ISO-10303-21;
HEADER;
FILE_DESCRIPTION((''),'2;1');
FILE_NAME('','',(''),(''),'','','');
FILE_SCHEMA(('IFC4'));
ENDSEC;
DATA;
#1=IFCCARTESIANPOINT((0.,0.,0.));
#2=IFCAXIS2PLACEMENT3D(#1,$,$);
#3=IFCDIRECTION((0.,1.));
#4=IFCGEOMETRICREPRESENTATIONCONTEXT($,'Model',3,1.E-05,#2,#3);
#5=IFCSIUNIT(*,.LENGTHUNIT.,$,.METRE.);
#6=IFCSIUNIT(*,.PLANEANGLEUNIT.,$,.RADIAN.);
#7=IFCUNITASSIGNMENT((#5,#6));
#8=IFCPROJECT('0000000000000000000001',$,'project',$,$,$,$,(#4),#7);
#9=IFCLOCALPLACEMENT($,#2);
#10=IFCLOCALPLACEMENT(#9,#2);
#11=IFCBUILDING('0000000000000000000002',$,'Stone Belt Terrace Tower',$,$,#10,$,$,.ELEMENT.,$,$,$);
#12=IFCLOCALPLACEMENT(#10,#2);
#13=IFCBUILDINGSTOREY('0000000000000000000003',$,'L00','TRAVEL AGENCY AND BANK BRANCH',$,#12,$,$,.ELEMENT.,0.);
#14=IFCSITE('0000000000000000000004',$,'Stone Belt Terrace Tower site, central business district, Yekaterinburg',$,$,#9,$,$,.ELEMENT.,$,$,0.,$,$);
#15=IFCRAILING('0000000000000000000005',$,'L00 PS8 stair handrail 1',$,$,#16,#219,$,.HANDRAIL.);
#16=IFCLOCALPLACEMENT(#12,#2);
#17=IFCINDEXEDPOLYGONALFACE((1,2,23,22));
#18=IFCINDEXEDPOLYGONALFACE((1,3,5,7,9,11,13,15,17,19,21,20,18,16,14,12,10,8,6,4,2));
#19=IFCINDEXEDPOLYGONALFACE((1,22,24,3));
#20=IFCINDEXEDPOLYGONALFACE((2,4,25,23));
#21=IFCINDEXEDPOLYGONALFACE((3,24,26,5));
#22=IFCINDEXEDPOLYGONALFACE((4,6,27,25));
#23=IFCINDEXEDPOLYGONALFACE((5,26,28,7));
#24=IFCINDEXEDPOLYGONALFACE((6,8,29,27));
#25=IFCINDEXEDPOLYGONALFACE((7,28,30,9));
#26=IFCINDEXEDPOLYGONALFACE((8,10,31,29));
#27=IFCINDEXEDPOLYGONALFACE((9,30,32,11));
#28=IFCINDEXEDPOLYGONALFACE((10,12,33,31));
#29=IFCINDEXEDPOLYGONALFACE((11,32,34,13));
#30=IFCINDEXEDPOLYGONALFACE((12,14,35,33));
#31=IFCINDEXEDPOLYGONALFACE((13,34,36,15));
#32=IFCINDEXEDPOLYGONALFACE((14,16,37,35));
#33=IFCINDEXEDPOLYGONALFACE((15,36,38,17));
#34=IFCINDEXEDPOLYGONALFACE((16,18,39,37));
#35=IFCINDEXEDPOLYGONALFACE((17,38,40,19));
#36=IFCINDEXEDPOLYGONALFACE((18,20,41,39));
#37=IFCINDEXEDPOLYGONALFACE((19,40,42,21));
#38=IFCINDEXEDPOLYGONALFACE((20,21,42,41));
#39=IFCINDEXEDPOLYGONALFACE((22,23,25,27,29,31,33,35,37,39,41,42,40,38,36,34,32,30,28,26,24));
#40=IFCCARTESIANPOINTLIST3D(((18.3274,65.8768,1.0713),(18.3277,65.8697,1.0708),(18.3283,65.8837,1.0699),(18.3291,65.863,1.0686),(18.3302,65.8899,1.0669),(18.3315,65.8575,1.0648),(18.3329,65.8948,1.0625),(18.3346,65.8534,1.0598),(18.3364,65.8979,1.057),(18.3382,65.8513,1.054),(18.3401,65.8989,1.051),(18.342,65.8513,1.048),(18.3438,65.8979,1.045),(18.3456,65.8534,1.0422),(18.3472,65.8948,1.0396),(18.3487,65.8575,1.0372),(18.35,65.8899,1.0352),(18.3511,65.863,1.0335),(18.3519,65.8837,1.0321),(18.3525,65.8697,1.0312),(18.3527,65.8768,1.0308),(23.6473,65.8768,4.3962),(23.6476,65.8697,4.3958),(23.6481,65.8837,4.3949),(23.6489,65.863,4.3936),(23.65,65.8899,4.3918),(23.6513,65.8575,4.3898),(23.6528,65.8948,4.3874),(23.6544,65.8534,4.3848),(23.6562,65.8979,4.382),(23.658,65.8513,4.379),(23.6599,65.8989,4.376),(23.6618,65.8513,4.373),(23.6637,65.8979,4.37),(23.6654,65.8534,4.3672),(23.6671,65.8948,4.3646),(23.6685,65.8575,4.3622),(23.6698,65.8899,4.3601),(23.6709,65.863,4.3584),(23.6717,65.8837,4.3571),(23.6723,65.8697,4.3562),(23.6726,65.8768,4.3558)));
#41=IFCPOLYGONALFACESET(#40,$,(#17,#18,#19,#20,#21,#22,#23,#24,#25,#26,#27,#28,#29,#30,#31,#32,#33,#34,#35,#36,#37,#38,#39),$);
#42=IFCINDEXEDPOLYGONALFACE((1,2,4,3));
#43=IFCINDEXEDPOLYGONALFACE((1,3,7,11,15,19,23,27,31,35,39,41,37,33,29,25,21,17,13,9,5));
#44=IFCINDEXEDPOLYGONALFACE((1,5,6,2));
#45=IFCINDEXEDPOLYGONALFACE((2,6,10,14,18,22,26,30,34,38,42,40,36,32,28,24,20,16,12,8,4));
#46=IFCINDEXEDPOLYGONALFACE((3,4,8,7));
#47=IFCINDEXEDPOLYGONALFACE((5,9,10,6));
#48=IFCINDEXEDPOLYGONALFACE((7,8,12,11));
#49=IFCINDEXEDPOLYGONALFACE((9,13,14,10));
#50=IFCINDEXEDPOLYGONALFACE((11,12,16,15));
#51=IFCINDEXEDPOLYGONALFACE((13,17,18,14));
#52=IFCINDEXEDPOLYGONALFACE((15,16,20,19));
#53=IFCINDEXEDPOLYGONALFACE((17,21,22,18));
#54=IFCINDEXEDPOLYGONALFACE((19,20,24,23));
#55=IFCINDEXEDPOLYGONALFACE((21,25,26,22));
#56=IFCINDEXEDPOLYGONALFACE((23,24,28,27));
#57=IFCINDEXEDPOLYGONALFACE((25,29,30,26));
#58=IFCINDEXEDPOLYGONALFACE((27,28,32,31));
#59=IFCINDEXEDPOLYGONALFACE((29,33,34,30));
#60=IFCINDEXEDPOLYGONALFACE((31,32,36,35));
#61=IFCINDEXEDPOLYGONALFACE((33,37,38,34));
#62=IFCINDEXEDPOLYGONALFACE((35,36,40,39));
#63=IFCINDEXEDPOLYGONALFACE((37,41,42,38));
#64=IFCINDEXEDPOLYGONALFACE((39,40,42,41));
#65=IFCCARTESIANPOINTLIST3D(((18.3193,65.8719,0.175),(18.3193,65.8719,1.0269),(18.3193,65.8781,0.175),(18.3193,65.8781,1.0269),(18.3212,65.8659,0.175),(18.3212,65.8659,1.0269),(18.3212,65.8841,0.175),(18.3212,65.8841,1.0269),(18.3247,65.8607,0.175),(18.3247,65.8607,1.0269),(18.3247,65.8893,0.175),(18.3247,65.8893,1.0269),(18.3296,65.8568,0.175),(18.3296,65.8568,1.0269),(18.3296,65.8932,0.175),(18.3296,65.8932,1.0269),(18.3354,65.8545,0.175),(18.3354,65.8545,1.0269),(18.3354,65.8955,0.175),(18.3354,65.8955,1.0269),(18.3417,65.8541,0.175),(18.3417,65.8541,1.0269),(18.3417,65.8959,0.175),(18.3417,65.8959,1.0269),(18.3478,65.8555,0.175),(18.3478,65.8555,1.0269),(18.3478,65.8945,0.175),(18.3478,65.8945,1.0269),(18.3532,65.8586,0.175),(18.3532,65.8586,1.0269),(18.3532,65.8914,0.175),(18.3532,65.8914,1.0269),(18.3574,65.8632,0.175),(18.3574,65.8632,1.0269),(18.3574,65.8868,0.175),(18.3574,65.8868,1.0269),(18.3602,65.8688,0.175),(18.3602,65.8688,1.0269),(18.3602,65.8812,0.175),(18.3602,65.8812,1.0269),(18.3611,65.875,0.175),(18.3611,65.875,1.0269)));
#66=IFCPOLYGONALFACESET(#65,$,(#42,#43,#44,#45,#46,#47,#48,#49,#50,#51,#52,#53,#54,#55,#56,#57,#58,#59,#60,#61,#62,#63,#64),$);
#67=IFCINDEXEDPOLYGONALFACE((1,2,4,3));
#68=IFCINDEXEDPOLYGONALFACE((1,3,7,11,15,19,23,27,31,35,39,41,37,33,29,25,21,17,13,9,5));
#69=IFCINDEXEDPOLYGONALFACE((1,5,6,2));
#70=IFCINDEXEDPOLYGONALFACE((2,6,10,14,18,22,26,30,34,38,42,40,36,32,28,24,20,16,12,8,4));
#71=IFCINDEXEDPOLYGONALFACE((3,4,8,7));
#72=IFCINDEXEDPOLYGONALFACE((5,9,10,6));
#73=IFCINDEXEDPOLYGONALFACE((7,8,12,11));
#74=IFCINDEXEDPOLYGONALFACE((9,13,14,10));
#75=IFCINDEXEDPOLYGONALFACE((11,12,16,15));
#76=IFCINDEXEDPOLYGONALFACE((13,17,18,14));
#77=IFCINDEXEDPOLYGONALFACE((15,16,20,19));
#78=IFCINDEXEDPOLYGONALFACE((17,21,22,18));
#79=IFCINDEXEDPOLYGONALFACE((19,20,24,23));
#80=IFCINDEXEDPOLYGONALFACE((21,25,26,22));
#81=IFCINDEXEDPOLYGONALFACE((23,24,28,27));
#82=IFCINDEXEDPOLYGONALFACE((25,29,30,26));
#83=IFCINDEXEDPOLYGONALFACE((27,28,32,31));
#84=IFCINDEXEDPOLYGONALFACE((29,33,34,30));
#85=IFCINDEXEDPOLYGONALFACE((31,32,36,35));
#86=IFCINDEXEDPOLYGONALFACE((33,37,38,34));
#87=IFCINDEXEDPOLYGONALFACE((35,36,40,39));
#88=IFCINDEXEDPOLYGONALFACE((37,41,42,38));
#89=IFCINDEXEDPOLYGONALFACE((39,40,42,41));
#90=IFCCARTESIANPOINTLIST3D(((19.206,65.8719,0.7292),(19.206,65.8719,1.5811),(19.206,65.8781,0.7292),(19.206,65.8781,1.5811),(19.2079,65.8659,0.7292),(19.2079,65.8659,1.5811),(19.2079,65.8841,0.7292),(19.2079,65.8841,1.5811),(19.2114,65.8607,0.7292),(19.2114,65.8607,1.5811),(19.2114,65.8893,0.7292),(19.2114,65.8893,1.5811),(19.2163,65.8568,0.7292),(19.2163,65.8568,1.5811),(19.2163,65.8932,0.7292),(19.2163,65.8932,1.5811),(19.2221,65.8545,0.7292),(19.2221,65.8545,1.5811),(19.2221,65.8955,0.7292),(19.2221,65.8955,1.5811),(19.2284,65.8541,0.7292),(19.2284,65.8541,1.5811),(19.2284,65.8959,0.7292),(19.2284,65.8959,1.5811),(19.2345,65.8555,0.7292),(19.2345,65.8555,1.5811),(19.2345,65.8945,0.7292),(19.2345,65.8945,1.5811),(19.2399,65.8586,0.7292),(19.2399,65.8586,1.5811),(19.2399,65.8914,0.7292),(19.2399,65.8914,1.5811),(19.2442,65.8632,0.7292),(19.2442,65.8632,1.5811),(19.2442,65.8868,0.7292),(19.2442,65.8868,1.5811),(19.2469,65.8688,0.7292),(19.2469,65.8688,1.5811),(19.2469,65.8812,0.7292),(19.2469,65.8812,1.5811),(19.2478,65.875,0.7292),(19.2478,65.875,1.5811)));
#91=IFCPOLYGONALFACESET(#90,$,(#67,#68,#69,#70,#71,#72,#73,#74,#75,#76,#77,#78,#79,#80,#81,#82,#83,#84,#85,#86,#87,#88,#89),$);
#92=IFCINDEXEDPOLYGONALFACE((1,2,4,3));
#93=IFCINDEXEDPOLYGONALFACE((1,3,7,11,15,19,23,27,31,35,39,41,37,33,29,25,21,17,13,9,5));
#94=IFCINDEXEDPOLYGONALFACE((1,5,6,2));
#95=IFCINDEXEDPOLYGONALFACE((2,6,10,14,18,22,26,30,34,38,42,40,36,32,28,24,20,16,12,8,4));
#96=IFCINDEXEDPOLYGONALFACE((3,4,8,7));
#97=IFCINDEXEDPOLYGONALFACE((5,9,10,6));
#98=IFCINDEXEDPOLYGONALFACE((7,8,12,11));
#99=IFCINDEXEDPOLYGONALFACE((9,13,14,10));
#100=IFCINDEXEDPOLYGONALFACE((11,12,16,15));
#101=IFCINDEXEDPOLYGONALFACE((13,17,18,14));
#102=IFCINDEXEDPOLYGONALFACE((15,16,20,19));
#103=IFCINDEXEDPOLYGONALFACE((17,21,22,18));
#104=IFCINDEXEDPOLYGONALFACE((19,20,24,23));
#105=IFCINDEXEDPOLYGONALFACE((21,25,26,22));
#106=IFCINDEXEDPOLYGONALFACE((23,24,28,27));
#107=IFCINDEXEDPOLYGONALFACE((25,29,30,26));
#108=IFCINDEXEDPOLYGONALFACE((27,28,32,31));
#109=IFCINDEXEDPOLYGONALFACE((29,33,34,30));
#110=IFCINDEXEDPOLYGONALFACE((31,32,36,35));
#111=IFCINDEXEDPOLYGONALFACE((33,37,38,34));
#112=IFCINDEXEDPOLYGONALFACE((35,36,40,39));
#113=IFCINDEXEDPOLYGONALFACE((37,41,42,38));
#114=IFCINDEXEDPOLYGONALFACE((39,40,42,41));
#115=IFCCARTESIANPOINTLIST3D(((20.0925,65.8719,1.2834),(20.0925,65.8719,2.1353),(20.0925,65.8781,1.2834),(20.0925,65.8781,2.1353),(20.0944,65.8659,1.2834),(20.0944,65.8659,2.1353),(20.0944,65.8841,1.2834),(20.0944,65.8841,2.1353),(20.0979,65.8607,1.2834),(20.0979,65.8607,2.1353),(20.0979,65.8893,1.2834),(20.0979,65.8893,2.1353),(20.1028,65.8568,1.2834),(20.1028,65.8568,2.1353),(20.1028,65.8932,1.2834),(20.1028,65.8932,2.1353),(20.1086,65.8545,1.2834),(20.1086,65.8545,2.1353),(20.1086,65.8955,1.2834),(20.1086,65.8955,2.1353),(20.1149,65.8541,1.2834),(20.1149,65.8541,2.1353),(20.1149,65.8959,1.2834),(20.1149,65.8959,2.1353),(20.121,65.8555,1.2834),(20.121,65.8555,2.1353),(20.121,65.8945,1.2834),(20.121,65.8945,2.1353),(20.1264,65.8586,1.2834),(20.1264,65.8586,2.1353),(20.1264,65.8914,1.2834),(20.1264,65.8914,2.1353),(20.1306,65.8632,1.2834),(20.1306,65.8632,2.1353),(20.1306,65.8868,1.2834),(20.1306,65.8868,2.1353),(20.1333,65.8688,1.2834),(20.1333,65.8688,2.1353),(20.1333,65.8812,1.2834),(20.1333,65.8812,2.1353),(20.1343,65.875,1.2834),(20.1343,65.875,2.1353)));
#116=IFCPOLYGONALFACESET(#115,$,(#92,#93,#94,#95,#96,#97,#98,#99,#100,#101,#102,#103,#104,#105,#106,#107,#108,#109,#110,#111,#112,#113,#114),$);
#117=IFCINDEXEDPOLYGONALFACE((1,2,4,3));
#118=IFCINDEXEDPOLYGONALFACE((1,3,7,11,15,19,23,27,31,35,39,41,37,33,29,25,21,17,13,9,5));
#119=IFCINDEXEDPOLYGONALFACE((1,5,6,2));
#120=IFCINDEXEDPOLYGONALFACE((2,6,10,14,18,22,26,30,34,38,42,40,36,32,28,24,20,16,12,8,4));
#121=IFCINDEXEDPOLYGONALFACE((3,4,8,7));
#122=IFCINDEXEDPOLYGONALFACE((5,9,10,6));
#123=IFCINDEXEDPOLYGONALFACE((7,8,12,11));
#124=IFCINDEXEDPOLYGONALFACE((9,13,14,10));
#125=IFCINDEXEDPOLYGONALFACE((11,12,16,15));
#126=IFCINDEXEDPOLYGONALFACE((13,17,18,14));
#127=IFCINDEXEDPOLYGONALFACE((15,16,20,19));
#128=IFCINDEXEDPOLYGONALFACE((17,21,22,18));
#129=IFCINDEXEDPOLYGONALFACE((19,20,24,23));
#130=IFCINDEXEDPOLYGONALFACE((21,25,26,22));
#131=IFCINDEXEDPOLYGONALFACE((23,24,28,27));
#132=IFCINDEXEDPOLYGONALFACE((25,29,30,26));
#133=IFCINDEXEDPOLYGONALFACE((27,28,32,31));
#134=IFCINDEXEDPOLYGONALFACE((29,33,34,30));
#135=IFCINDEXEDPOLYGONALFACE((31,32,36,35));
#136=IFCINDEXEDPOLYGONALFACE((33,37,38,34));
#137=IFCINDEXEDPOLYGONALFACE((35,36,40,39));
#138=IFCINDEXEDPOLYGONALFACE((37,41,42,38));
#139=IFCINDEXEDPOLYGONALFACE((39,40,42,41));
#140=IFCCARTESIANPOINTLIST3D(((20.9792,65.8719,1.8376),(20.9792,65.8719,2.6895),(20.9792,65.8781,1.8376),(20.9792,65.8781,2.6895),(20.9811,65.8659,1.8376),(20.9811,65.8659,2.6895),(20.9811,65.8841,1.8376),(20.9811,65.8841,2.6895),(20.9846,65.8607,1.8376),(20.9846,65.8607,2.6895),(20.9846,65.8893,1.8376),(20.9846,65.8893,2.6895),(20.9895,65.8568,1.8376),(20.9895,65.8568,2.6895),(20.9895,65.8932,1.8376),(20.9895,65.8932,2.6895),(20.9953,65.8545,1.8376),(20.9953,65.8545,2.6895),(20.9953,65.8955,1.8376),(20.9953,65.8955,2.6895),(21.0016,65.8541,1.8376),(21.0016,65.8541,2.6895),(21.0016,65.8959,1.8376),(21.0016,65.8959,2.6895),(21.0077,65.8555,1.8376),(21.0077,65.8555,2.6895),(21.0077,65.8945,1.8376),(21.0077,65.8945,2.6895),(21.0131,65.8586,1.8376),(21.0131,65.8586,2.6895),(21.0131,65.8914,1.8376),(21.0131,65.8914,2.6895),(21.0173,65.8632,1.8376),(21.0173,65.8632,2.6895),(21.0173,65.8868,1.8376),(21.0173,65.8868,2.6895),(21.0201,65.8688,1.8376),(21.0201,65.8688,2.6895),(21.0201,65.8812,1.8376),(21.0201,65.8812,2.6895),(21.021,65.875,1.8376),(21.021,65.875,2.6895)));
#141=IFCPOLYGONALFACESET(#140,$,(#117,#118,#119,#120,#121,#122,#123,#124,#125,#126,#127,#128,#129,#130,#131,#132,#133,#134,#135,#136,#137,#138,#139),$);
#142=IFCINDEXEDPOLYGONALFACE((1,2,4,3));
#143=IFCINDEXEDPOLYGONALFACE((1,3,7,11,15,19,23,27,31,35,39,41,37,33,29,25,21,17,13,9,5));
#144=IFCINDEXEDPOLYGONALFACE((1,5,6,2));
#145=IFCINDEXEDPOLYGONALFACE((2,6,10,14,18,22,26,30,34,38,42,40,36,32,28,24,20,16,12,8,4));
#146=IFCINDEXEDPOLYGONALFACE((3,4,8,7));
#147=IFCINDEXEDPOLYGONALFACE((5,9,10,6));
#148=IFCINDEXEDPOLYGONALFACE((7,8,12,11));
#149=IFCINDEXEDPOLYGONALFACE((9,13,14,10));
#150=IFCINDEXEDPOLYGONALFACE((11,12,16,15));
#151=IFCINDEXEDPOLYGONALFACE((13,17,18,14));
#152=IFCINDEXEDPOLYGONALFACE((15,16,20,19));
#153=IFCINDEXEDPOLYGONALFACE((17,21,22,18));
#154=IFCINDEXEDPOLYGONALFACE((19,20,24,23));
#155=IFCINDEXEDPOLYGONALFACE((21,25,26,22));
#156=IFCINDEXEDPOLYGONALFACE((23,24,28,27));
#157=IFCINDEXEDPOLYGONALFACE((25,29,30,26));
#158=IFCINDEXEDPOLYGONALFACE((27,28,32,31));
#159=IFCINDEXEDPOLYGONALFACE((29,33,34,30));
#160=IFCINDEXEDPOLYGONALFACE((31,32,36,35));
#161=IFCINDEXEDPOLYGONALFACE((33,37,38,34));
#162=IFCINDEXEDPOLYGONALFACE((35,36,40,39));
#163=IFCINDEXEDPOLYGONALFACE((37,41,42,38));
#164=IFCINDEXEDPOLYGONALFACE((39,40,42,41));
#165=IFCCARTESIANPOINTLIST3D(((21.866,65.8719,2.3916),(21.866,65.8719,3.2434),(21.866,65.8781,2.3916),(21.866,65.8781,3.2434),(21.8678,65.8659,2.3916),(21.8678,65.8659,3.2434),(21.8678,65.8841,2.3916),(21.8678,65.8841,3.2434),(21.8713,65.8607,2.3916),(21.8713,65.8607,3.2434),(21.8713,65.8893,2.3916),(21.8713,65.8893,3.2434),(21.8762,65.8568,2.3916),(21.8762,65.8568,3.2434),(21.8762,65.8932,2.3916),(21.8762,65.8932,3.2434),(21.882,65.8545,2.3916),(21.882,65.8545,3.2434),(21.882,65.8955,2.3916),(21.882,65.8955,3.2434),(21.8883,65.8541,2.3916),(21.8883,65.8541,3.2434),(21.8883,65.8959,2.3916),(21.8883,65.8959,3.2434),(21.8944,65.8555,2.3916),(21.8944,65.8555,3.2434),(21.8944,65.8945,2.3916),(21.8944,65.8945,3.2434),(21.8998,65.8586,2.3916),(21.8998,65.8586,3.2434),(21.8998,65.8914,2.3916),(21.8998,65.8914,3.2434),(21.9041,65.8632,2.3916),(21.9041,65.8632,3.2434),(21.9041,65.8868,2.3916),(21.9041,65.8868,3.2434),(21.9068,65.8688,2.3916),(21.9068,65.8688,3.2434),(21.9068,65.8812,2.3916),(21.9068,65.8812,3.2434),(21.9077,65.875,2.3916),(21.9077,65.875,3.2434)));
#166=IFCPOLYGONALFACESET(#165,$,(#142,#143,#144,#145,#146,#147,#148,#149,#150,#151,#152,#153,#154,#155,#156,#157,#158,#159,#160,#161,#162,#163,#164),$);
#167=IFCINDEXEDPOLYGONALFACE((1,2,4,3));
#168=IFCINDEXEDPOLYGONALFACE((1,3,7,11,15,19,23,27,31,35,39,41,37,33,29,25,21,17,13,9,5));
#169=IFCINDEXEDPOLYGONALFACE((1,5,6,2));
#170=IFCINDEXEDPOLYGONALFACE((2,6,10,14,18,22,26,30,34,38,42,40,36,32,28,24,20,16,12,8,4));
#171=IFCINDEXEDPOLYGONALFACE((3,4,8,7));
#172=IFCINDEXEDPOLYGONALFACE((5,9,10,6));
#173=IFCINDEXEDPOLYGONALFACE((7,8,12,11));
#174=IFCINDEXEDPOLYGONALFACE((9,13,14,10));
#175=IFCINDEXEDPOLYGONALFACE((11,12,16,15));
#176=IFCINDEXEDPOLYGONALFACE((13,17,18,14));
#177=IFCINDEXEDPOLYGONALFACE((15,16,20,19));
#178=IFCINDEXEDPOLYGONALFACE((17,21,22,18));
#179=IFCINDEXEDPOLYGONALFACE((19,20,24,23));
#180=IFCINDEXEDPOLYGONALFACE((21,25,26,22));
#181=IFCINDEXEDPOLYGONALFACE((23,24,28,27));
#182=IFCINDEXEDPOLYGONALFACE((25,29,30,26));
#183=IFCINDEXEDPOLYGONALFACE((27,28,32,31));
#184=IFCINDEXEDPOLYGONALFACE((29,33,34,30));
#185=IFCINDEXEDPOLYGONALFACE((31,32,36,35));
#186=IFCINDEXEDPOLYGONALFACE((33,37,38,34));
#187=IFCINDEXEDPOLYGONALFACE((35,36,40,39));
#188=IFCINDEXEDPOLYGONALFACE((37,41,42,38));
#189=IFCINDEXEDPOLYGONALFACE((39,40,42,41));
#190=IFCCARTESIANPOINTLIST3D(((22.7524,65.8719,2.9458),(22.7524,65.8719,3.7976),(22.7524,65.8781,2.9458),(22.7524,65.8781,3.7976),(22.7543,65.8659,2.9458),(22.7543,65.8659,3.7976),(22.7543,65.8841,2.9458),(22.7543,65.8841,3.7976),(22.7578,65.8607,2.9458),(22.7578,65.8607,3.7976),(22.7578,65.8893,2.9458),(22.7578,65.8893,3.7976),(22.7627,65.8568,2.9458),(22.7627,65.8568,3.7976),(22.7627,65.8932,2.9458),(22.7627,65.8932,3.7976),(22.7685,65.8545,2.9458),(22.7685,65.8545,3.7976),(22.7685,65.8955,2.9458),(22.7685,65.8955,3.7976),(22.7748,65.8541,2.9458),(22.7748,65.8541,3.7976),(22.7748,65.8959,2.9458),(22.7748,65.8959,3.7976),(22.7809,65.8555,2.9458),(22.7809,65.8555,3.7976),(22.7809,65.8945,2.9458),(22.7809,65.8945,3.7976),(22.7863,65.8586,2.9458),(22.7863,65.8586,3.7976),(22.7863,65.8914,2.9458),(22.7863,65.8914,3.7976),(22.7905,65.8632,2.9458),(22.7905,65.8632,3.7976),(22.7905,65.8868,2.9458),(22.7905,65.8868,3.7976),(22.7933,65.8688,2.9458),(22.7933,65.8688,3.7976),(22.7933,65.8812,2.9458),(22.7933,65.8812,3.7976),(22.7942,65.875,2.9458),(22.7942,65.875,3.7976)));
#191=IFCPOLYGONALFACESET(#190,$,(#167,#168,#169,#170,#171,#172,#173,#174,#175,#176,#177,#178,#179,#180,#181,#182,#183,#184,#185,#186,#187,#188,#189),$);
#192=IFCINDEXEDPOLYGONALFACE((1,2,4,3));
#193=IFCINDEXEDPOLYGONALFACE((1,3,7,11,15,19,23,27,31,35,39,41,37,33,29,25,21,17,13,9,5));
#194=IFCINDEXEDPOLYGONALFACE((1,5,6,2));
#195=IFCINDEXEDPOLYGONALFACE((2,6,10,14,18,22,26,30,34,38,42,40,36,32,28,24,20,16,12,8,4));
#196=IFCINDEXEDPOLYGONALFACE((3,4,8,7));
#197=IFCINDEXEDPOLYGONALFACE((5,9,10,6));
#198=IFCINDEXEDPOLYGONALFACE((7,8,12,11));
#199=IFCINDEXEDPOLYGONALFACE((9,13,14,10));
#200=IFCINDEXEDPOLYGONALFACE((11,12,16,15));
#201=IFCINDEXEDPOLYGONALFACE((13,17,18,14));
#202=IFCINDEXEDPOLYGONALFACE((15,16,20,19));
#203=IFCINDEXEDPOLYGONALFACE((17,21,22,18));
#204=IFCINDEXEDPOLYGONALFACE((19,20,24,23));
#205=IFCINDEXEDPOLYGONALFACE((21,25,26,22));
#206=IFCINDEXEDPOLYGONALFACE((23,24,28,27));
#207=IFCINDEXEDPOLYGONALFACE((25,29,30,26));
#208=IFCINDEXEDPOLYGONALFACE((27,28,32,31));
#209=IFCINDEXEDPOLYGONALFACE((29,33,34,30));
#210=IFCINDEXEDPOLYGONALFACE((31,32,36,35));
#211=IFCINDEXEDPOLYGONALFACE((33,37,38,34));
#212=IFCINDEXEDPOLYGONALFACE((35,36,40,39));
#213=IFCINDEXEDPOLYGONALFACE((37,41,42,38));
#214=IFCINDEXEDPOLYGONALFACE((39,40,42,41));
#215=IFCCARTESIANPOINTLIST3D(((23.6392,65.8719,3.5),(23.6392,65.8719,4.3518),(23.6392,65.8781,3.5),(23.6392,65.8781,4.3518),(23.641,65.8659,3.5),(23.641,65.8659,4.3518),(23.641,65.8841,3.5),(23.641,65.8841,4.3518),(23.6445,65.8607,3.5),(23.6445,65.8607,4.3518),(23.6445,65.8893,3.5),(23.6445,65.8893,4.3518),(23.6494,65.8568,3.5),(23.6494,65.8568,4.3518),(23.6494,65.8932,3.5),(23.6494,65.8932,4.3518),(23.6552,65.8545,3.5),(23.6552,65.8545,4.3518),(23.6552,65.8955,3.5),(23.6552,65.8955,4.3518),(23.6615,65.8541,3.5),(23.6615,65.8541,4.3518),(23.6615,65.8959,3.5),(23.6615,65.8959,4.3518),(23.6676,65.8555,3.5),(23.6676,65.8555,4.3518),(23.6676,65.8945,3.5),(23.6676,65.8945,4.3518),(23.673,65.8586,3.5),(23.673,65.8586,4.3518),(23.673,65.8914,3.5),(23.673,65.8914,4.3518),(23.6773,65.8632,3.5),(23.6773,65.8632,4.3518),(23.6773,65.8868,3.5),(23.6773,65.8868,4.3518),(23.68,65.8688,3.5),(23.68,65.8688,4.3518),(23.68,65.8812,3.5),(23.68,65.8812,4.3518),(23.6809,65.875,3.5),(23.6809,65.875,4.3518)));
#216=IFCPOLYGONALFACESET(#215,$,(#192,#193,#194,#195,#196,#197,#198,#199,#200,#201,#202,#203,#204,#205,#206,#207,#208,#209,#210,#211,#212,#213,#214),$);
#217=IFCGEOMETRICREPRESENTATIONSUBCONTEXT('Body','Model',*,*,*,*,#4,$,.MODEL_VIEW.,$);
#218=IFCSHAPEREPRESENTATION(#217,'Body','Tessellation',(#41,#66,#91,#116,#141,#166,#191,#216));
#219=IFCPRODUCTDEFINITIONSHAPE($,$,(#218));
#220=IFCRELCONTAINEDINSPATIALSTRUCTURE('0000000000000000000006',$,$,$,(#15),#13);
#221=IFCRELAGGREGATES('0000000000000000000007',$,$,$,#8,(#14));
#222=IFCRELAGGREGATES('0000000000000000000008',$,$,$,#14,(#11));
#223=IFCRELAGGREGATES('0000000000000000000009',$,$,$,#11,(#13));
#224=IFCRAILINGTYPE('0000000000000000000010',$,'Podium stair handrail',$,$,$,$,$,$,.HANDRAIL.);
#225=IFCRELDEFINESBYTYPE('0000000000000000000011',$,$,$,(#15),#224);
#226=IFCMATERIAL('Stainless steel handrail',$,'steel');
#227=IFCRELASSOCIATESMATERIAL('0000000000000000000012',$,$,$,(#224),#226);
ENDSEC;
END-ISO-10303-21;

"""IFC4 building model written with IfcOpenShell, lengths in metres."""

from ifc_helpers import new_model, si_unit, direction, frame, origin, origin_2d, place, context, subcontext, project, spatial, circle, extrude, material, type_object, element, save


model = new_model("IFC4")

# Units and contexts
model_context = context("Model", 3, precision=1e-05, world=origin(), true_north=direction((0.0, 1.0)))
body_context = subcontext(model_context, "Body", "Model", "MODEL_VIEW")
ifc_project = project(units=[si_unit("LENGTHUNIT", "METRE"), si_unit("PLANEANGLEUNIT", "RADIAN")], contexts=[model_context])

# Site, building, storey
site_placement = place(None, origin())
site = spatial("IfcSite", under=ifc_project, at=site_placement, Name="Stone Belt Terrace Tower site, central business district, Yekaterinburg", CompositionType="ELEMENT", RefElevation=0.0)
building_placement = place(site_placement, origin())
building = spatial("IfcBuilding", under=site, at=building_placement, Name="Stone Belt Terrace Tower", CompositionType="ELEMENT")
storey_placement = place(building_placement, origin())
storey = spatial("IfcBuildingStorey", under=building, at=storey_placement, Name="L00", Description="TRAVEL AGENCY AND BANK BRANCH", CompositionType="ELEMENT", Elevation=0.0)

# Railing
ifc_material_1 = material(Name="Stainless steel handrail", Category="steel")
railing_type_1 = type_object("IfcRailingType", Name="Podium stair handrail", PredefinedType="HANDRAIL", material=ifc_material_1)
railing_1_placement = place(storey_placement, frame((18.3401, 65.875, 0.175)))
element("IfcRailing", 1, at=railing_1_placement, inside=storey, type_object=railing_type_1, Name="L00 PS8 stair handrail 1", PredefinedType="HANDRAIL", context=body_context, shape_type="SweptSolid", body=[
    extrude(circle(Radius=0.0239, at=origin_2d()), frame((0.0, 0.0, 0.876), z_axis=(0.847994, 0.0, 0.530006), x_axis=(0.0, 1.0, 0.0)), (0.0, 0.0, 1.0), 6.2734),
    extrude(circle(Radius=0.021, at=origin_2d()), origin(), (0.0, 0.0, 1.0), 0.8518),
    extrude(circle(Radius=0.021, at=origin_2d()), frame((0.8867, 0.0, 0.5542)), (0.0, 0.0, 1.0), 0.8518),
    extrude(circle(Radius=0.021, at=origin_2d()), frame((1.7732, 0.0, 1.1084)), (0.0, 0.0, 1.0), 0.8518),
    extrude(circle(Radius=0.021, at=origin_2d()), frame((2.6599, 0.0, 1.6626)), (0.0, 0.0, 1.0), 0.8518),
    extrude(circle(Radius=0.021, at=origin_2d()), frame((3.5466, 0.0, 2.2166)), (0.0, 0.0, 1.0), 0.8518),
    extrude(circle(Radius=0.021, at=origin_2d()), frame((4.4331, 0.0, 2.7708)), (0.0, 0.0, 1.0), 0.8518),
    extrude(circle(Radius=0.021, at=origin_2d()), frame((5.3198, 0.0, 3.325)), (0.0, 0.0, 1.0), 0.8518),
])

save(model, "model.ifc")
